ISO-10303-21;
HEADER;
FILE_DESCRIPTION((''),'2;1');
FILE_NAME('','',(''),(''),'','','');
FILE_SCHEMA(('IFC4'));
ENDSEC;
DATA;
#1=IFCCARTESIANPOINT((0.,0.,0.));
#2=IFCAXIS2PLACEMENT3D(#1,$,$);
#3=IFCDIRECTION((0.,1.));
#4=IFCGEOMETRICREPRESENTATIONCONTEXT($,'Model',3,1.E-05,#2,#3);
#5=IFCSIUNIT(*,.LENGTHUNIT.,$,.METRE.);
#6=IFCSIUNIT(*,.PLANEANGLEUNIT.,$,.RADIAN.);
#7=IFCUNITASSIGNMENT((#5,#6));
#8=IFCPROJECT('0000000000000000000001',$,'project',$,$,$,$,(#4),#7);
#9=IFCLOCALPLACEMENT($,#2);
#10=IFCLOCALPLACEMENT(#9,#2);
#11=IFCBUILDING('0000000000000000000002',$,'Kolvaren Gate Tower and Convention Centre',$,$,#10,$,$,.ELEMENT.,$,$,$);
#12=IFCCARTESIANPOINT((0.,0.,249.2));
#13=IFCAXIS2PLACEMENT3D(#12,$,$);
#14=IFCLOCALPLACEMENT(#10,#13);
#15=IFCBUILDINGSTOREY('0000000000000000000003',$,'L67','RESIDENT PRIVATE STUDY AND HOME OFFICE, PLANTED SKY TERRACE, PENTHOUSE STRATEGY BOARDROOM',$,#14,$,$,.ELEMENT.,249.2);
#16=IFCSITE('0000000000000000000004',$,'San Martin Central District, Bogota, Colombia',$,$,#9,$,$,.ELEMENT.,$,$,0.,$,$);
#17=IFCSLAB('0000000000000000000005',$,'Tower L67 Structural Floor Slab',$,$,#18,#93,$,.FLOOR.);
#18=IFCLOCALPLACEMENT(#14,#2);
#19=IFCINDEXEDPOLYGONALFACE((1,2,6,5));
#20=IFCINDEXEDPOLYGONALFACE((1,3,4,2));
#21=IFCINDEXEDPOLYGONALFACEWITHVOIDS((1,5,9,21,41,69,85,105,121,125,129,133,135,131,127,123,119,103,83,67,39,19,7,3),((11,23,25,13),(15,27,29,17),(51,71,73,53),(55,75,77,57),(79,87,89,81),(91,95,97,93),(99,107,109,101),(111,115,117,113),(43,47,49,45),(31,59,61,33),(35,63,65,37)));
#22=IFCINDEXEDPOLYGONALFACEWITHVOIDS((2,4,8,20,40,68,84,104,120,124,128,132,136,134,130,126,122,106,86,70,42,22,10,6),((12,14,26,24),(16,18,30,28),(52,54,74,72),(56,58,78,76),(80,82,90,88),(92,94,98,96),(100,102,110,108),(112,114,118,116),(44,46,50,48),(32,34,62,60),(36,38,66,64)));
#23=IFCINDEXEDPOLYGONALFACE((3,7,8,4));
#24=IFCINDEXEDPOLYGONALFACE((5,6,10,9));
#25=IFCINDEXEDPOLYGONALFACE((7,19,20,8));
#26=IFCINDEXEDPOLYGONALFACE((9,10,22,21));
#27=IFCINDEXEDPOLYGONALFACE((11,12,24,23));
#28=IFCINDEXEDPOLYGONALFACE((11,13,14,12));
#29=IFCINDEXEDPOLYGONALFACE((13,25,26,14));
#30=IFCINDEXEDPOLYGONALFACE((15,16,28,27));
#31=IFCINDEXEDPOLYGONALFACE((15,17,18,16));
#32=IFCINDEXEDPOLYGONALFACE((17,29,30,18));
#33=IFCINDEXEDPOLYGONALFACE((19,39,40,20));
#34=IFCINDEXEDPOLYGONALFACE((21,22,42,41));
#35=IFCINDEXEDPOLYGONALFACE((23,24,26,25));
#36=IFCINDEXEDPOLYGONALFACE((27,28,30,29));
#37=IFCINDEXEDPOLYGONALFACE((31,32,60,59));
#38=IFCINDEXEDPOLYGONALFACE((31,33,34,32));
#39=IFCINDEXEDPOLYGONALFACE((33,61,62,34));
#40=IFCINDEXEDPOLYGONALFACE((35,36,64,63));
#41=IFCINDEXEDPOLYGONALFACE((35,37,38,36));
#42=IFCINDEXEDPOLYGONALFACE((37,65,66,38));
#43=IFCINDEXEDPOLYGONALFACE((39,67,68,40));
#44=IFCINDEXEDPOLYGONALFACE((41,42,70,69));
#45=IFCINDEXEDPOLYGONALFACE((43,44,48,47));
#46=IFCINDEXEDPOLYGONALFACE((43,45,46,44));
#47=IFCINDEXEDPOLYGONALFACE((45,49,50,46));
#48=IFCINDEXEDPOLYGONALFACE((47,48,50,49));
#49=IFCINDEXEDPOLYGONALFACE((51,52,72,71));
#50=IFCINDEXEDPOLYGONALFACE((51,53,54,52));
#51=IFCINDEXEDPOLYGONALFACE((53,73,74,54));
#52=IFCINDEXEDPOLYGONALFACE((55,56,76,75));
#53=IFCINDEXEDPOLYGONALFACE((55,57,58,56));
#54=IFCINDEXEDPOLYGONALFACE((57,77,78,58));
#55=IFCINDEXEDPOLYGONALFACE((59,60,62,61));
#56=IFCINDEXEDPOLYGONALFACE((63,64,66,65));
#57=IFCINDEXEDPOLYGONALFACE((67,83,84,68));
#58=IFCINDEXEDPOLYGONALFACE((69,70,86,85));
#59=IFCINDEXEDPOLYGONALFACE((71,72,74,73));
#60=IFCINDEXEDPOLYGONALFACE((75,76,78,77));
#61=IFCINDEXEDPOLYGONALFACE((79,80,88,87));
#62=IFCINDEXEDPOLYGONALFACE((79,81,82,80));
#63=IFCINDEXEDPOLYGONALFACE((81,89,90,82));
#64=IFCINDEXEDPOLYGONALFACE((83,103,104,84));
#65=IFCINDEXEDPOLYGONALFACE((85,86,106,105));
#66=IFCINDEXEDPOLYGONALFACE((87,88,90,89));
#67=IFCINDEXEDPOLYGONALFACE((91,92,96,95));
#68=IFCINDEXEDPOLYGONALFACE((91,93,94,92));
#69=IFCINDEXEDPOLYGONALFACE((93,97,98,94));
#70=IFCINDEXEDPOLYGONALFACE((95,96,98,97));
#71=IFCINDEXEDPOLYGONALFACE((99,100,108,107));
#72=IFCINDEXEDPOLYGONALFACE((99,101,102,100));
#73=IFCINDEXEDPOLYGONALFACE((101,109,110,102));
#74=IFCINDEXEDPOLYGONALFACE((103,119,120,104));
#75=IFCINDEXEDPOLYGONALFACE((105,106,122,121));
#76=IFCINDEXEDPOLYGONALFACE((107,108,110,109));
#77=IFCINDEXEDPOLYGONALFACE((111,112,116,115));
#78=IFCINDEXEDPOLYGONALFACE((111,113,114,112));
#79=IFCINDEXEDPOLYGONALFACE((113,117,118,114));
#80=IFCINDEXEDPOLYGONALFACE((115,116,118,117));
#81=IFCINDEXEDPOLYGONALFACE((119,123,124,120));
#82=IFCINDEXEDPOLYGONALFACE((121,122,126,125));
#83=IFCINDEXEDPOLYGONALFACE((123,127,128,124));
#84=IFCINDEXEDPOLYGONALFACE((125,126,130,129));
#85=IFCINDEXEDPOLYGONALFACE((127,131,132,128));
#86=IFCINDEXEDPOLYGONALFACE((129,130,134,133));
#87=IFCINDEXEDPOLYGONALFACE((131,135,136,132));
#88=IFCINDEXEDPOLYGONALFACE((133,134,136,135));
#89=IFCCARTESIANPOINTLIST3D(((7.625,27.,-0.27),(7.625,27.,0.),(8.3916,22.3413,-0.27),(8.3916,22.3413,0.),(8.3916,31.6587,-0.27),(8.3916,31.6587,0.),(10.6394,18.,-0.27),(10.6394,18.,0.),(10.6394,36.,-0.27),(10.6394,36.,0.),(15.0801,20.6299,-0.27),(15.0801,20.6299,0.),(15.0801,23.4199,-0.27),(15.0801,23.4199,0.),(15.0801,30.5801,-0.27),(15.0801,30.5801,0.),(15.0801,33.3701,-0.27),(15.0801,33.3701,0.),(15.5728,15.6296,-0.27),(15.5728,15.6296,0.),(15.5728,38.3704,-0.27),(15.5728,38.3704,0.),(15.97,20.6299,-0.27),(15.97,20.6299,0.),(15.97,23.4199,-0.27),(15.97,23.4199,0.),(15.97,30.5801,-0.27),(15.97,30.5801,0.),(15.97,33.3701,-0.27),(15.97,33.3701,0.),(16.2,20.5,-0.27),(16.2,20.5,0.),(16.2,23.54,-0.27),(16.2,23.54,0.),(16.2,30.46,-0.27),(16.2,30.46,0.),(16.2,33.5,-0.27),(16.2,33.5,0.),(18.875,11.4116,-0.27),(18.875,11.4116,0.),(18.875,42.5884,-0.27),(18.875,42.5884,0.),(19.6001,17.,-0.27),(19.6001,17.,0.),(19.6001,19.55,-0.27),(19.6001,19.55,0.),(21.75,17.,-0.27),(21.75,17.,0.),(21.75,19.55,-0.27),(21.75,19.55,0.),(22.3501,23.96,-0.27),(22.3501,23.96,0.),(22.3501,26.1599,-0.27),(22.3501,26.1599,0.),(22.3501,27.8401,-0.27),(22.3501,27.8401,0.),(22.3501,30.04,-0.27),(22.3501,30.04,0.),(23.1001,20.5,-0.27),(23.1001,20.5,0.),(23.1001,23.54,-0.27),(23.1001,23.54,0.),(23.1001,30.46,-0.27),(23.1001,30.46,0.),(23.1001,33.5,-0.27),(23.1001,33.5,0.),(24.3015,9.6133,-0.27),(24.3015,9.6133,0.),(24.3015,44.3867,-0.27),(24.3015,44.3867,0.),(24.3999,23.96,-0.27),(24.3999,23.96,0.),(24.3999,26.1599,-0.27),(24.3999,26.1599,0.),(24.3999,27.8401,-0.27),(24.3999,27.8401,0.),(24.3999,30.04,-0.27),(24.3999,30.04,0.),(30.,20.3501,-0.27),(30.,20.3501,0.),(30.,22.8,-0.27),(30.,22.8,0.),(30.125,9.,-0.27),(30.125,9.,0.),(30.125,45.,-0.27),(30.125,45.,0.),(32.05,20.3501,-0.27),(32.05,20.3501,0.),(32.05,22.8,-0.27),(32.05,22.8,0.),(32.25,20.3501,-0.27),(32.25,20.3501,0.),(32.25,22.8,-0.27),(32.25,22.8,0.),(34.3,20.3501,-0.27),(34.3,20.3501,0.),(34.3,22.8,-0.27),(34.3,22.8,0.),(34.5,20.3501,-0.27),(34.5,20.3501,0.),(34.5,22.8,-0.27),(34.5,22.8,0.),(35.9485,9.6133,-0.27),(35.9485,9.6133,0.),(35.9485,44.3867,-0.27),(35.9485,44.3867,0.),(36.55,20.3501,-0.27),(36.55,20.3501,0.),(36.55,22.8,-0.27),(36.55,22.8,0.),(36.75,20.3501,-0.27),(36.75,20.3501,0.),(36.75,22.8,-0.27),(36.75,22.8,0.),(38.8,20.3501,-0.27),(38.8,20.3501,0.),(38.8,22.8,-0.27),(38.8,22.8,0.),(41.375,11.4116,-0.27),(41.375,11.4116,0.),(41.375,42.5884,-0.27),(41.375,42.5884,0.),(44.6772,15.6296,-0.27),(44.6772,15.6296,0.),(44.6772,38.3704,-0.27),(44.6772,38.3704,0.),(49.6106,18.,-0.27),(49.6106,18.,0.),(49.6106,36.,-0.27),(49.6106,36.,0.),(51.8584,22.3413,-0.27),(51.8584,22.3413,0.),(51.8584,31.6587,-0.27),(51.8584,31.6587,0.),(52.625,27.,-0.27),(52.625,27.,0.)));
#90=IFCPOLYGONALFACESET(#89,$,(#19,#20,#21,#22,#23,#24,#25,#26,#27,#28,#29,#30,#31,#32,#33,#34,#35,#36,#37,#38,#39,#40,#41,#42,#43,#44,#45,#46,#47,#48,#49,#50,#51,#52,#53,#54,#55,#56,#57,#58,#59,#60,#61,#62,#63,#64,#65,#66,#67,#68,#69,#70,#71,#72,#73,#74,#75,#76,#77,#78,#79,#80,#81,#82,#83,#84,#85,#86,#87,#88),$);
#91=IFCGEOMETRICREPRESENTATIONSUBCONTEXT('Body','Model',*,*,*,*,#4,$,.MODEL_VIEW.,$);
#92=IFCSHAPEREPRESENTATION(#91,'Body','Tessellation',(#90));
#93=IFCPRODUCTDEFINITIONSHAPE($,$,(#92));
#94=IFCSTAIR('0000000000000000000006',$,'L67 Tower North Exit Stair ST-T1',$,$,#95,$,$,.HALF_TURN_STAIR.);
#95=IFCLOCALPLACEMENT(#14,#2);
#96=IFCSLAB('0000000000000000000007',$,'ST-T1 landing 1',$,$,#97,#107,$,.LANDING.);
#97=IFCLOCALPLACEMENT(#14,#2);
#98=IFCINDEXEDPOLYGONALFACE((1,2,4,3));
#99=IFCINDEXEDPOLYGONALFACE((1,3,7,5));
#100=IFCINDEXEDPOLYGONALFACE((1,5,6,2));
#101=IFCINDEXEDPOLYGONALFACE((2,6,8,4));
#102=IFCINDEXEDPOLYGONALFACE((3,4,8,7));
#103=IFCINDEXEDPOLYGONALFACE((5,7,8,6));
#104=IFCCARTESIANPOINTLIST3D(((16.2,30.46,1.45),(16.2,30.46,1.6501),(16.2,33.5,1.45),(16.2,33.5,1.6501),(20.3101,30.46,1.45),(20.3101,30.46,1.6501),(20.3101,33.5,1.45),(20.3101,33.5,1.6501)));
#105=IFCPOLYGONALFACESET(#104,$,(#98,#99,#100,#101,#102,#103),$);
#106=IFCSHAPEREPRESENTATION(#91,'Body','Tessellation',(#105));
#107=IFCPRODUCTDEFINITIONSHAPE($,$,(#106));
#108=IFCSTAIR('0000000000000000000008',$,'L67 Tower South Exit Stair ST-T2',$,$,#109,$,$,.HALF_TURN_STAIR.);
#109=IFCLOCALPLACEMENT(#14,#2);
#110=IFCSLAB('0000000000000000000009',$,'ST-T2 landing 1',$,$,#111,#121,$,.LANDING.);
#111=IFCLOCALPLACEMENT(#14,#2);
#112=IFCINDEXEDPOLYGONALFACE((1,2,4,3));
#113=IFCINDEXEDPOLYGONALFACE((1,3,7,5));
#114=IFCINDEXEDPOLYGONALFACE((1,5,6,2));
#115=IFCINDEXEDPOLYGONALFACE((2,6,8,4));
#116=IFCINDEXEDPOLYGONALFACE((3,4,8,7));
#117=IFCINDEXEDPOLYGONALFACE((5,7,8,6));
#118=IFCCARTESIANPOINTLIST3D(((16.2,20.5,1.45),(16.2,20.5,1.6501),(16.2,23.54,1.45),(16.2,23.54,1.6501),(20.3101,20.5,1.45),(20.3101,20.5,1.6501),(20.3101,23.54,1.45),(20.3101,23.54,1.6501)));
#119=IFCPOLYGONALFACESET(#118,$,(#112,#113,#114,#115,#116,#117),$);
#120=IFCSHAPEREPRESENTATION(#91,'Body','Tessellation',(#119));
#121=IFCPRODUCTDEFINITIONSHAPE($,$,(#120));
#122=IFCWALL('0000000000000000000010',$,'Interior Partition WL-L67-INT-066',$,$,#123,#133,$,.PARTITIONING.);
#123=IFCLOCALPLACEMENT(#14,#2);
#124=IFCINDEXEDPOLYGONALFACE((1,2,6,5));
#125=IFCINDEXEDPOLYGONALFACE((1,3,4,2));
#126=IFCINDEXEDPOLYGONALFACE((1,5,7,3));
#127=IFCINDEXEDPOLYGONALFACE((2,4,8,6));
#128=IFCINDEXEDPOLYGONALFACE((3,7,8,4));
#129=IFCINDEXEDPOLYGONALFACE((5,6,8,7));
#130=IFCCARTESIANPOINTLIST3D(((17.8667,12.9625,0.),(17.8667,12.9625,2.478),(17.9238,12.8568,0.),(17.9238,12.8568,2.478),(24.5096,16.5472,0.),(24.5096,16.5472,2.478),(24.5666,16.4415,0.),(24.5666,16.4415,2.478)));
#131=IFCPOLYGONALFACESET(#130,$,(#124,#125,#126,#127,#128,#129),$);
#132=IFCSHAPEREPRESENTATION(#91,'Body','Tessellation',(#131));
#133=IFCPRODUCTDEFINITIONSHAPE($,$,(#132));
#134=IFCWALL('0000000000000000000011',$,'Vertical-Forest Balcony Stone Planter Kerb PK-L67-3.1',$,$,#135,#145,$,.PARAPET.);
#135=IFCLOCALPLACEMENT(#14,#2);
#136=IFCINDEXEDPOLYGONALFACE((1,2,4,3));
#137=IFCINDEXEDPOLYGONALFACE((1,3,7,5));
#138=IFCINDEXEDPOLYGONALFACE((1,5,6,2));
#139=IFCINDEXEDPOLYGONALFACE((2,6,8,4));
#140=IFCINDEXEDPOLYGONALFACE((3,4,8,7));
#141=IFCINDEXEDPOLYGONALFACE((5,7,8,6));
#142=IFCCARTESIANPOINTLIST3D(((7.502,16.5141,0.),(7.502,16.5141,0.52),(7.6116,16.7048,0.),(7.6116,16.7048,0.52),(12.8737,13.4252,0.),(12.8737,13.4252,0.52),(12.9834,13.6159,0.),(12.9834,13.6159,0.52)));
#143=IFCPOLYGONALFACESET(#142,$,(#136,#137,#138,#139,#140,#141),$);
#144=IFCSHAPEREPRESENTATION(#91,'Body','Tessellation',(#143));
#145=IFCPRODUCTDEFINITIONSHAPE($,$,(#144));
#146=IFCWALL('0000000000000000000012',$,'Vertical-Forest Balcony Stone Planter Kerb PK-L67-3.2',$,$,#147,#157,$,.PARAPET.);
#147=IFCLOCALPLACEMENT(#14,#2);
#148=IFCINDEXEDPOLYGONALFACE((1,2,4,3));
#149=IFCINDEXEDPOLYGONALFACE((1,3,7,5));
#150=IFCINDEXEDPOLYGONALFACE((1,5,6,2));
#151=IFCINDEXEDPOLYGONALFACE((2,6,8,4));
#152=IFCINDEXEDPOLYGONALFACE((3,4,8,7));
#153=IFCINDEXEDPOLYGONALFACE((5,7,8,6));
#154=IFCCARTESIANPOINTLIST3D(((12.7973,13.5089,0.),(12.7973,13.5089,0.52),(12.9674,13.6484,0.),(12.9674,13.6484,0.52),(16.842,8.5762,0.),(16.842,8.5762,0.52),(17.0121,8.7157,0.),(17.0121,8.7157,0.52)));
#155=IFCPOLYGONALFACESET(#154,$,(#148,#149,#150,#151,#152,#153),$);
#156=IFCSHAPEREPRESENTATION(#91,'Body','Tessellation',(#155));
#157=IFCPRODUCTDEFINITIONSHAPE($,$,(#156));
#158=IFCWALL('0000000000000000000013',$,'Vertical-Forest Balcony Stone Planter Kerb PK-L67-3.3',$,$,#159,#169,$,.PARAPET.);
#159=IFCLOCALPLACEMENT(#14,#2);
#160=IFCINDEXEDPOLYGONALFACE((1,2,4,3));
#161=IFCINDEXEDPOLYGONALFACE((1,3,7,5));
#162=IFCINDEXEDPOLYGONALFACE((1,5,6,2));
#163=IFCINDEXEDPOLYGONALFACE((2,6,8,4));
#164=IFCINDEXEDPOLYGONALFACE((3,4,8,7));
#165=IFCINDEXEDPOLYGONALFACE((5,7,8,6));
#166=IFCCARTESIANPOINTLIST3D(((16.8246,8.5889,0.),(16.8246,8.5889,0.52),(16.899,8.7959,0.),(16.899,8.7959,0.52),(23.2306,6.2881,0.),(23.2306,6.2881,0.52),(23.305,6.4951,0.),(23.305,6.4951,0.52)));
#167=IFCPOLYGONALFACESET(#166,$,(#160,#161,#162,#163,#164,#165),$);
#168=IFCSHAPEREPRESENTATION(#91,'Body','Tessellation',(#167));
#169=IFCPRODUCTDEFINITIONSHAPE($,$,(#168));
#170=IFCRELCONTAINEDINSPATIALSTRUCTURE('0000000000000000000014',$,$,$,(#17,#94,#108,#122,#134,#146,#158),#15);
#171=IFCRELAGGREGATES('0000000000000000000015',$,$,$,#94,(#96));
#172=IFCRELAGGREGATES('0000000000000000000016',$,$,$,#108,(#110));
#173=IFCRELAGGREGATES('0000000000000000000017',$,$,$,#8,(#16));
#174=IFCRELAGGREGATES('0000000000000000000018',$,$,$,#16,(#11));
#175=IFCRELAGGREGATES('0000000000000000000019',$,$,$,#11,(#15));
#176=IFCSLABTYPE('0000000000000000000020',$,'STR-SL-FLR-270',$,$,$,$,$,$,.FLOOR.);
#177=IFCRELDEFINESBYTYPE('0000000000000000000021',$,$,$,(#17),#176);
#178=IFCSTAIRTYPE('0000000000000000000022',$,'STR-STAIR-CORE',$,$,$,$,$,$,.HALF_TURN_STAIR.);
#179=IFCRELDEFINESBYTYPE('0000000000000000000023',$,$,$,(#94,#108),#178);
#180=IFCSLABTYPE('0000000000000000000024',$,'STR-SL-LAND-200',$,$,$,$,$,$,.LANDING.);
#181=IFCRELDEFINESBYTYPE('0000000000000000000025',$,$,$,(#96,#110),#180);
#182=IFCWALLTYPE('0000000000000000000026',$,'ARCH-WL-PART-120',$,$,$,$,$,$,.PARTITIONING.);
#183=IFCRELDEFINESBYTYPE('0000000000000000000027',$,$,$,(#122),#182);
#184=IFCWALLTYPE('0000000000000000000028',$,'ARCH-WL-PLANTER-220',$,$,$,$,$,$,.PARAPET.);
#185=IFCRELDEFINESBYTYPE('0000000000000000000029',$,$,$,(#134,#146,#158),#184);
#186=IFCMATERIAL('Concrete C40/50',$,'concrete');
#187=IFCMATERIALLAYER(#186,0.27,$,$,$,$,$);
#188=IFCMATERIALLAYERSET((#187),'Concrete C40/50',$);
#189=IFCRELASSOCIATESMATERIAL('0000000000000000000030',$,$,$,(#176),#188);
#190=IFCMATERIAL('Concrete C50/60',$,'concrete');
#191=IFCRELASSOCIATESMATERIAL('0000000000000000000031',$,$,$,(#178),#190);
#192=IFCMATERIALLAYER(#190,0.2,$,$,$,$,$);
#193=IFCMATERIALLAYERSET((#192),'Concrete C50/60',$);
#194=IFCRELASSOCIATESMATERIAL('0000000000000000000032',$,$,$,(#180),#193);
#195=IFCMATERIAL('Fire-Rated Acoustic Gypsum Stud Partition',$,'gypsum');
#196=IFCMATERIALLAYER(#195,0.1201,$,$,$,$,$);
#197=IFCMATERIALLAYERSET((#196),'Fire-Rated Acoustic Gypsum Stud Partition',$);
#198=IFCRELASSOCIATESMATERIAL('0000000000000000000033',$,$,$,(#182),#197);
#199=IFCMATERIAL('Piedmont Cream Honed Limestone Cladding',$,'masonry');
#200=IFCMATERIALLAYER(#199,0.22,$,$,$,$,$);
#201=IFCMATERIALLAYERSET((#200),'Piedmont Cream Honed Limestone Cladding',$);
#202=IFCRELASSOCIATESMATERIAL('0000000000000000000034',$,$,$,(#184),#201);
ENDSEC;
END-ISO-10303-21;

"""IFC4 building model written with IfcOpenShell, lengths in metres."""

from ifc_helpers import new_model, si_unit, direction, frame, frame_2d, origin, place, context, subcontext, project, spatial, polyline, rectangle, outline, extrude, material, layer, layer_set, type_object, element, aggregate, save


model = new_model("IFC4")

# Units and contexts
model_context = context("Model", 3, precision=1e-05, world=origin(), true_north=direction((0.0, 1.0)))
body_context = subcontext(model_context, "Body", "Model", "MODEL_VIEW")
ifc_project = project(units=[si_unit("LENGTHUNIT", "METRE"), si_unit("PLANEANGLEUNIT", "RADIAN")], contexts=[model_context])

# Site, building, storey
site_placement = place(None, origin())
site = spatial("IfcSite", under=ifc_project, at=site_placement, Name="San Martin Central District, Bogota, Colombia", CompositionType="ELEMENT", RefElevation=0.0)
building_placement = place(site_placement, origin())
building = spatial("IfcBuilding", under=site, at=building_placement, Name="Kolvaren Gate Tower and Convention Centre", CompositionType="ELEMENT")
storey_placement = place(building_placement, frame((0.0, 0.0, 249.2)))
storey = spatial("IfcBuildingStorey", under=building, at=storey_placement, Name="L67", Description="RESIDENT PRIVATE STUDY AND HOME OFFICE, PLANTED SKY TERRACE, PENTHOUSE STRATEGY BOARDROOM", CompositionType="ELEMENT", Elevation=249.2)

# Slab
ifc_material_1 = material(Name="Concrete C50/60", Category="concrete")
ifc_material_2 = material(Name="Concrete C40/50", Category="concrete")
ifc_layer_1 = layer(ifc_material_2, 0.27)
ifc_layer_set_1 = layer_set([ifc_layer_1], Name="Concrete C40/50")
slab_type_1 = type_object("IfcSlabType", Name="STR-SL-FLR-270", PredefinedType="FLOOR", material=ifc_layer_set_1)
slab_1_placement = place(storey_placement, frame((0.0, 0.0, -0.27)))
element("IfcSlab", 1, at=slab_1_placement, inside=storey, type_object=slab_type_1, Name="Tower L67 Structural Floor Slab", PredefinedType="FLOOR", context=body_context, shape_type="SweptSolid", body=[
    extrude(outline(polyline([(52.625, 27.0), (51.8584, 31.6587), (49.6106, 36.0), (44.6772, 38.3704), (41.375, 42.5884), (35.9485, 44.3867), (30.125, 45.0), (24.3015, 44.3867), (18.875, 42.5884), (15.5728, 38.3704), (10.6394, 36.0), (8.3916, 31.6587), (7.625, 27.0), (8.3916, 22.3413), (10.6394, 18.0), (15.5728, 15.6296), (18.875, 11.4116), (24.3015, 9.6133), (30.125, 9.0), (35.9485, 9.6133), (41.375, 11.4116), (44.6772, 15.6296), (49.6106, 18.0), (51.8584, 22.3413), (52.625, 27.0)]), holes=[polyline([(36.75, 20.3501), (36.75, 22.8), (38.8, 22.8), (38.8, 20.3501), (36.75, 20.3501)]), polyline([(36.55, 20.3501), (34.5, 20.3501), (34.5, 22.8), (36.55, 22.8), (36.55, 20.3501)]), polyline([(32.25, 20.3501), (32.25, 22.8), (34.3, 22.8), (34.3, 20.3501), (32.25, 20.3501)]), polyline([(30.0, 20.3501), (30.0, 22.8), (32.05, 22.8), (32.05, 20.3501), (30.0, 20.3501)]), polyline([(22.3501, 23.96), (22.3501, 26.1599), (24.3999, 26.1599), (24.3999, 23.96), (22.3501, 23.96)]), polyline([(22.3501, 27.8401), (22.3501, 30.04), (24.3999, 30.04), (24.3999, 27.8401), (22.3501, 27.8401)]), polyline([(16.2, 23.54), (23.1001, 23.54), (23.1001, 20.5), (16.2, 20.5), (16.2, 23.54)]), polyline([(16.2, 33.5), (23.1001, 33.5), (23.1001, 30.46), (16.2, 30.46), (16.2, 33.5)]), polyline([(21.75, 17.0), (19.6001, 17.0), (19.6001, 19.55), (21.75, 19.55), (21.75, 17.0)]), polyline([(15.0801, 30.5801), (15.0801, 33.3701), (15.97, 33.3701), (15.97, 30.5801), (15.0801, 30.5801)]), polyline([(15.97, 20.6299), (15.0801, 20.6299), (15.0801, 23.4199), (15.97, 23.4199), (15.97, 20.6299)])]), origin(), (0.0, 0.0, 1.0), 0.27),
])

# Stairs, slabs
stair_type = type_object("IfcStairType", Name="STR-STAIR-CORE", PredefinedType="HALF_TURN_STAIR", material=ifc_material_1)
stair_1_placement = place(storey_placement, origin())
stair_1 = element("IfcStair", 2, at=stair_1_placement, inside=storey, type_object=stair_type, Name="L67 Tower North Exit Stair ST-T1", PredefinedType="HALF_TURN_STAIR")
ifc_layer_2 = layer(ifc_material_1, 0.2)
ifc_layer_set_2 = layer_set([ifc_layer_2], Name="Concrete C50/60")
slab_type_2 = type_object("IfcSlabType", Name="STR-SL-LAND-200", PredefinedType="LANDING", material=ifc_layer_set_2)
slab_2_placement = place(storey_placement, frame((0.0, 0.0, 1.45)))
slab_2 = element("IfcSlab", 3, at=slab_2_placement, type_object=slab_type_2, Name="ST-T1 landing 1", PredefinedType="LANDING", context=body_context, shape_type="SweptSolid", body=[
    extrude(outline(polyline([(20.3101, 33.5), (16.2, 33.5), (16.2, 30.46), (20.3101, 30.46), (20.3101, 33.5)])), origin(), (0.0, 0.0, 1.0), 0.2002),
])
aggregate(stair_1, [slab_2])
stair_2_placement = place(storey_placement, origin())
stair_2 = element("IfcStair", 4, at=stair_2_placement, inside=storey, type_object=stair_type, Name="L67 Tower South Exit Stair ST-T2", PredefinedType="HALF_TURN_STAIR")
slab_3_placement = place(storey_placement, frame((0.0, 0.0, 1.45)))
slab_3 = element("IfcSlab", 5, at=slab_3_placement, type_object=slab_type_2, Name="ST-T2 landing 1", PredefinedType="LANDING", context=body_context, shape_type="SweptSolid", body=[
    extrude(outline(polyline([(20.3101, 23.54), (16.2, 23.54), (16.2, 20.5), (20.3101, 20.5), (20.3101, 23.54)])), origin(), (0.0, 0.0, 1.0), 0.2002),
])
aggregate(stair_2, [slab_3])

# Walls
ifc_material_3 = material(Name="Fire-Rated Acoustic Gypsum Stud Partition", Category="gypsum")
ifc_layer_3 = layer(ifc_material_3, 0.1201)
ifc_layer_set_3 = layer_set([ifc_layer_3], Name="Fire-Rated Acoustic Gypsum Stud Partition")
wall_type_1 = type_object("IfcWallType", Name="ARCH-WL-PART-120", PredefinedType="PARTITIONING", material=ifc_layer_set_3)
wall_1_placement = place(storey_placement, frame((17.8953, 12.9097, 0.0), z_axis=(0.0, 0.0, 1.0), x_axis=(0.880039, 0.474902, 0.0)))
element("IfcWall", 6, at=wall_1_placement, inside=storey, type_object=wall_type_1, Name="Interior Partition WL-L67-INT-066", PredefinedType="PARTITIONING", context=body_context, shape_type="SweptSolid", body=[
    extrude(rectangle(XDim=7.5483, YDim=0.1201, at=frame_2d((3.7742, 0.0))), origin(), (0.0, 0.0, 1.0), 2.478),
])
ifc_material_4 = material(Name="Piedmont Cream Honed Limestone Cladding", Category="masonry")
ifc_layer_4 = layer(ifc_material_4, 0.22)
ifc_layer_set_4 = layer_set([ifc_layer_4], Name="Piedmont Cream Honed Limestone Cladding")
wall_type_2 = type_object("IfcWallType", Name="ARCH-WL-PLANTER-220", PredefinedType="PARAPET", material=ifc_layer_set_4)
wall_2_placement = place(storey_placement, frame((7.5569, 16.6094, 0.0), z_axis=(0.0, 0.0, 1.0), x_axis=(0.866902, -0.498479, 0.0)))
element("IfcWall", 7, at=wall_2_placement, inside=storey, type_object=wall_type_2, Name="Vertical-Forest Balcony Stone Planter Kerb PK-L67-3.1", PredefinedType="PARAPET", context=body_context, shape_type="SweptSolid", body=[
    extrude(rectangle(XDim=6.1965, YDim=0.22, at=frame_2d((3.0981, 0.0))), origin(), (0.0, 0.0, 1.0), 0.52),
])
wall_3_placement = place(storey_placement, frame((12.8823, 13.5786, 0.0), z_axis=(0.0, 0.0, 1.0), x_axis=(0.634073, -0.773273, 0.0)))
element("IfcWall", 8, at=wall_3_placement, inside=storey, type_object=wall_type_2, Name="Vertical-Forest Balcony Stone Planter Kerb PK-L67-3.2", PredefinedType="PARAPET", context=body_context, shape_type="SweptSolid", body=[
    extrude(rectangle(XDim=6.3789, YDim=0.22, at=frame_2d((3.1895, 0.0))), origin(), (0.0, 0.0, 1.0), 0.52),
])
wall_4_placement = place(storey_placement, frame((16.8618, 8.6924, 0.0), z_axis=(0.0, 0.0, 1.0), x_axis=(0.941139, -0.33802, 0.0)))
element("IfcWall", 9, at=wall_4_placement, inside=storey, type_object=wall_type_2, Name="Vertical-Forest Balcony Stone Planter Kerb PK-L67-3.3", PredefinedType="PARAPET", context=body_context, shape_type="SweptSolid", body=[
    extrude(rectangle(XDim=6.8066, YDim=0.22, at=frame_2d((3.4033, 0.0))), origin(), (0.0, 0.0, 1.0), 0.52),
])

save(model, "model.ifc")
